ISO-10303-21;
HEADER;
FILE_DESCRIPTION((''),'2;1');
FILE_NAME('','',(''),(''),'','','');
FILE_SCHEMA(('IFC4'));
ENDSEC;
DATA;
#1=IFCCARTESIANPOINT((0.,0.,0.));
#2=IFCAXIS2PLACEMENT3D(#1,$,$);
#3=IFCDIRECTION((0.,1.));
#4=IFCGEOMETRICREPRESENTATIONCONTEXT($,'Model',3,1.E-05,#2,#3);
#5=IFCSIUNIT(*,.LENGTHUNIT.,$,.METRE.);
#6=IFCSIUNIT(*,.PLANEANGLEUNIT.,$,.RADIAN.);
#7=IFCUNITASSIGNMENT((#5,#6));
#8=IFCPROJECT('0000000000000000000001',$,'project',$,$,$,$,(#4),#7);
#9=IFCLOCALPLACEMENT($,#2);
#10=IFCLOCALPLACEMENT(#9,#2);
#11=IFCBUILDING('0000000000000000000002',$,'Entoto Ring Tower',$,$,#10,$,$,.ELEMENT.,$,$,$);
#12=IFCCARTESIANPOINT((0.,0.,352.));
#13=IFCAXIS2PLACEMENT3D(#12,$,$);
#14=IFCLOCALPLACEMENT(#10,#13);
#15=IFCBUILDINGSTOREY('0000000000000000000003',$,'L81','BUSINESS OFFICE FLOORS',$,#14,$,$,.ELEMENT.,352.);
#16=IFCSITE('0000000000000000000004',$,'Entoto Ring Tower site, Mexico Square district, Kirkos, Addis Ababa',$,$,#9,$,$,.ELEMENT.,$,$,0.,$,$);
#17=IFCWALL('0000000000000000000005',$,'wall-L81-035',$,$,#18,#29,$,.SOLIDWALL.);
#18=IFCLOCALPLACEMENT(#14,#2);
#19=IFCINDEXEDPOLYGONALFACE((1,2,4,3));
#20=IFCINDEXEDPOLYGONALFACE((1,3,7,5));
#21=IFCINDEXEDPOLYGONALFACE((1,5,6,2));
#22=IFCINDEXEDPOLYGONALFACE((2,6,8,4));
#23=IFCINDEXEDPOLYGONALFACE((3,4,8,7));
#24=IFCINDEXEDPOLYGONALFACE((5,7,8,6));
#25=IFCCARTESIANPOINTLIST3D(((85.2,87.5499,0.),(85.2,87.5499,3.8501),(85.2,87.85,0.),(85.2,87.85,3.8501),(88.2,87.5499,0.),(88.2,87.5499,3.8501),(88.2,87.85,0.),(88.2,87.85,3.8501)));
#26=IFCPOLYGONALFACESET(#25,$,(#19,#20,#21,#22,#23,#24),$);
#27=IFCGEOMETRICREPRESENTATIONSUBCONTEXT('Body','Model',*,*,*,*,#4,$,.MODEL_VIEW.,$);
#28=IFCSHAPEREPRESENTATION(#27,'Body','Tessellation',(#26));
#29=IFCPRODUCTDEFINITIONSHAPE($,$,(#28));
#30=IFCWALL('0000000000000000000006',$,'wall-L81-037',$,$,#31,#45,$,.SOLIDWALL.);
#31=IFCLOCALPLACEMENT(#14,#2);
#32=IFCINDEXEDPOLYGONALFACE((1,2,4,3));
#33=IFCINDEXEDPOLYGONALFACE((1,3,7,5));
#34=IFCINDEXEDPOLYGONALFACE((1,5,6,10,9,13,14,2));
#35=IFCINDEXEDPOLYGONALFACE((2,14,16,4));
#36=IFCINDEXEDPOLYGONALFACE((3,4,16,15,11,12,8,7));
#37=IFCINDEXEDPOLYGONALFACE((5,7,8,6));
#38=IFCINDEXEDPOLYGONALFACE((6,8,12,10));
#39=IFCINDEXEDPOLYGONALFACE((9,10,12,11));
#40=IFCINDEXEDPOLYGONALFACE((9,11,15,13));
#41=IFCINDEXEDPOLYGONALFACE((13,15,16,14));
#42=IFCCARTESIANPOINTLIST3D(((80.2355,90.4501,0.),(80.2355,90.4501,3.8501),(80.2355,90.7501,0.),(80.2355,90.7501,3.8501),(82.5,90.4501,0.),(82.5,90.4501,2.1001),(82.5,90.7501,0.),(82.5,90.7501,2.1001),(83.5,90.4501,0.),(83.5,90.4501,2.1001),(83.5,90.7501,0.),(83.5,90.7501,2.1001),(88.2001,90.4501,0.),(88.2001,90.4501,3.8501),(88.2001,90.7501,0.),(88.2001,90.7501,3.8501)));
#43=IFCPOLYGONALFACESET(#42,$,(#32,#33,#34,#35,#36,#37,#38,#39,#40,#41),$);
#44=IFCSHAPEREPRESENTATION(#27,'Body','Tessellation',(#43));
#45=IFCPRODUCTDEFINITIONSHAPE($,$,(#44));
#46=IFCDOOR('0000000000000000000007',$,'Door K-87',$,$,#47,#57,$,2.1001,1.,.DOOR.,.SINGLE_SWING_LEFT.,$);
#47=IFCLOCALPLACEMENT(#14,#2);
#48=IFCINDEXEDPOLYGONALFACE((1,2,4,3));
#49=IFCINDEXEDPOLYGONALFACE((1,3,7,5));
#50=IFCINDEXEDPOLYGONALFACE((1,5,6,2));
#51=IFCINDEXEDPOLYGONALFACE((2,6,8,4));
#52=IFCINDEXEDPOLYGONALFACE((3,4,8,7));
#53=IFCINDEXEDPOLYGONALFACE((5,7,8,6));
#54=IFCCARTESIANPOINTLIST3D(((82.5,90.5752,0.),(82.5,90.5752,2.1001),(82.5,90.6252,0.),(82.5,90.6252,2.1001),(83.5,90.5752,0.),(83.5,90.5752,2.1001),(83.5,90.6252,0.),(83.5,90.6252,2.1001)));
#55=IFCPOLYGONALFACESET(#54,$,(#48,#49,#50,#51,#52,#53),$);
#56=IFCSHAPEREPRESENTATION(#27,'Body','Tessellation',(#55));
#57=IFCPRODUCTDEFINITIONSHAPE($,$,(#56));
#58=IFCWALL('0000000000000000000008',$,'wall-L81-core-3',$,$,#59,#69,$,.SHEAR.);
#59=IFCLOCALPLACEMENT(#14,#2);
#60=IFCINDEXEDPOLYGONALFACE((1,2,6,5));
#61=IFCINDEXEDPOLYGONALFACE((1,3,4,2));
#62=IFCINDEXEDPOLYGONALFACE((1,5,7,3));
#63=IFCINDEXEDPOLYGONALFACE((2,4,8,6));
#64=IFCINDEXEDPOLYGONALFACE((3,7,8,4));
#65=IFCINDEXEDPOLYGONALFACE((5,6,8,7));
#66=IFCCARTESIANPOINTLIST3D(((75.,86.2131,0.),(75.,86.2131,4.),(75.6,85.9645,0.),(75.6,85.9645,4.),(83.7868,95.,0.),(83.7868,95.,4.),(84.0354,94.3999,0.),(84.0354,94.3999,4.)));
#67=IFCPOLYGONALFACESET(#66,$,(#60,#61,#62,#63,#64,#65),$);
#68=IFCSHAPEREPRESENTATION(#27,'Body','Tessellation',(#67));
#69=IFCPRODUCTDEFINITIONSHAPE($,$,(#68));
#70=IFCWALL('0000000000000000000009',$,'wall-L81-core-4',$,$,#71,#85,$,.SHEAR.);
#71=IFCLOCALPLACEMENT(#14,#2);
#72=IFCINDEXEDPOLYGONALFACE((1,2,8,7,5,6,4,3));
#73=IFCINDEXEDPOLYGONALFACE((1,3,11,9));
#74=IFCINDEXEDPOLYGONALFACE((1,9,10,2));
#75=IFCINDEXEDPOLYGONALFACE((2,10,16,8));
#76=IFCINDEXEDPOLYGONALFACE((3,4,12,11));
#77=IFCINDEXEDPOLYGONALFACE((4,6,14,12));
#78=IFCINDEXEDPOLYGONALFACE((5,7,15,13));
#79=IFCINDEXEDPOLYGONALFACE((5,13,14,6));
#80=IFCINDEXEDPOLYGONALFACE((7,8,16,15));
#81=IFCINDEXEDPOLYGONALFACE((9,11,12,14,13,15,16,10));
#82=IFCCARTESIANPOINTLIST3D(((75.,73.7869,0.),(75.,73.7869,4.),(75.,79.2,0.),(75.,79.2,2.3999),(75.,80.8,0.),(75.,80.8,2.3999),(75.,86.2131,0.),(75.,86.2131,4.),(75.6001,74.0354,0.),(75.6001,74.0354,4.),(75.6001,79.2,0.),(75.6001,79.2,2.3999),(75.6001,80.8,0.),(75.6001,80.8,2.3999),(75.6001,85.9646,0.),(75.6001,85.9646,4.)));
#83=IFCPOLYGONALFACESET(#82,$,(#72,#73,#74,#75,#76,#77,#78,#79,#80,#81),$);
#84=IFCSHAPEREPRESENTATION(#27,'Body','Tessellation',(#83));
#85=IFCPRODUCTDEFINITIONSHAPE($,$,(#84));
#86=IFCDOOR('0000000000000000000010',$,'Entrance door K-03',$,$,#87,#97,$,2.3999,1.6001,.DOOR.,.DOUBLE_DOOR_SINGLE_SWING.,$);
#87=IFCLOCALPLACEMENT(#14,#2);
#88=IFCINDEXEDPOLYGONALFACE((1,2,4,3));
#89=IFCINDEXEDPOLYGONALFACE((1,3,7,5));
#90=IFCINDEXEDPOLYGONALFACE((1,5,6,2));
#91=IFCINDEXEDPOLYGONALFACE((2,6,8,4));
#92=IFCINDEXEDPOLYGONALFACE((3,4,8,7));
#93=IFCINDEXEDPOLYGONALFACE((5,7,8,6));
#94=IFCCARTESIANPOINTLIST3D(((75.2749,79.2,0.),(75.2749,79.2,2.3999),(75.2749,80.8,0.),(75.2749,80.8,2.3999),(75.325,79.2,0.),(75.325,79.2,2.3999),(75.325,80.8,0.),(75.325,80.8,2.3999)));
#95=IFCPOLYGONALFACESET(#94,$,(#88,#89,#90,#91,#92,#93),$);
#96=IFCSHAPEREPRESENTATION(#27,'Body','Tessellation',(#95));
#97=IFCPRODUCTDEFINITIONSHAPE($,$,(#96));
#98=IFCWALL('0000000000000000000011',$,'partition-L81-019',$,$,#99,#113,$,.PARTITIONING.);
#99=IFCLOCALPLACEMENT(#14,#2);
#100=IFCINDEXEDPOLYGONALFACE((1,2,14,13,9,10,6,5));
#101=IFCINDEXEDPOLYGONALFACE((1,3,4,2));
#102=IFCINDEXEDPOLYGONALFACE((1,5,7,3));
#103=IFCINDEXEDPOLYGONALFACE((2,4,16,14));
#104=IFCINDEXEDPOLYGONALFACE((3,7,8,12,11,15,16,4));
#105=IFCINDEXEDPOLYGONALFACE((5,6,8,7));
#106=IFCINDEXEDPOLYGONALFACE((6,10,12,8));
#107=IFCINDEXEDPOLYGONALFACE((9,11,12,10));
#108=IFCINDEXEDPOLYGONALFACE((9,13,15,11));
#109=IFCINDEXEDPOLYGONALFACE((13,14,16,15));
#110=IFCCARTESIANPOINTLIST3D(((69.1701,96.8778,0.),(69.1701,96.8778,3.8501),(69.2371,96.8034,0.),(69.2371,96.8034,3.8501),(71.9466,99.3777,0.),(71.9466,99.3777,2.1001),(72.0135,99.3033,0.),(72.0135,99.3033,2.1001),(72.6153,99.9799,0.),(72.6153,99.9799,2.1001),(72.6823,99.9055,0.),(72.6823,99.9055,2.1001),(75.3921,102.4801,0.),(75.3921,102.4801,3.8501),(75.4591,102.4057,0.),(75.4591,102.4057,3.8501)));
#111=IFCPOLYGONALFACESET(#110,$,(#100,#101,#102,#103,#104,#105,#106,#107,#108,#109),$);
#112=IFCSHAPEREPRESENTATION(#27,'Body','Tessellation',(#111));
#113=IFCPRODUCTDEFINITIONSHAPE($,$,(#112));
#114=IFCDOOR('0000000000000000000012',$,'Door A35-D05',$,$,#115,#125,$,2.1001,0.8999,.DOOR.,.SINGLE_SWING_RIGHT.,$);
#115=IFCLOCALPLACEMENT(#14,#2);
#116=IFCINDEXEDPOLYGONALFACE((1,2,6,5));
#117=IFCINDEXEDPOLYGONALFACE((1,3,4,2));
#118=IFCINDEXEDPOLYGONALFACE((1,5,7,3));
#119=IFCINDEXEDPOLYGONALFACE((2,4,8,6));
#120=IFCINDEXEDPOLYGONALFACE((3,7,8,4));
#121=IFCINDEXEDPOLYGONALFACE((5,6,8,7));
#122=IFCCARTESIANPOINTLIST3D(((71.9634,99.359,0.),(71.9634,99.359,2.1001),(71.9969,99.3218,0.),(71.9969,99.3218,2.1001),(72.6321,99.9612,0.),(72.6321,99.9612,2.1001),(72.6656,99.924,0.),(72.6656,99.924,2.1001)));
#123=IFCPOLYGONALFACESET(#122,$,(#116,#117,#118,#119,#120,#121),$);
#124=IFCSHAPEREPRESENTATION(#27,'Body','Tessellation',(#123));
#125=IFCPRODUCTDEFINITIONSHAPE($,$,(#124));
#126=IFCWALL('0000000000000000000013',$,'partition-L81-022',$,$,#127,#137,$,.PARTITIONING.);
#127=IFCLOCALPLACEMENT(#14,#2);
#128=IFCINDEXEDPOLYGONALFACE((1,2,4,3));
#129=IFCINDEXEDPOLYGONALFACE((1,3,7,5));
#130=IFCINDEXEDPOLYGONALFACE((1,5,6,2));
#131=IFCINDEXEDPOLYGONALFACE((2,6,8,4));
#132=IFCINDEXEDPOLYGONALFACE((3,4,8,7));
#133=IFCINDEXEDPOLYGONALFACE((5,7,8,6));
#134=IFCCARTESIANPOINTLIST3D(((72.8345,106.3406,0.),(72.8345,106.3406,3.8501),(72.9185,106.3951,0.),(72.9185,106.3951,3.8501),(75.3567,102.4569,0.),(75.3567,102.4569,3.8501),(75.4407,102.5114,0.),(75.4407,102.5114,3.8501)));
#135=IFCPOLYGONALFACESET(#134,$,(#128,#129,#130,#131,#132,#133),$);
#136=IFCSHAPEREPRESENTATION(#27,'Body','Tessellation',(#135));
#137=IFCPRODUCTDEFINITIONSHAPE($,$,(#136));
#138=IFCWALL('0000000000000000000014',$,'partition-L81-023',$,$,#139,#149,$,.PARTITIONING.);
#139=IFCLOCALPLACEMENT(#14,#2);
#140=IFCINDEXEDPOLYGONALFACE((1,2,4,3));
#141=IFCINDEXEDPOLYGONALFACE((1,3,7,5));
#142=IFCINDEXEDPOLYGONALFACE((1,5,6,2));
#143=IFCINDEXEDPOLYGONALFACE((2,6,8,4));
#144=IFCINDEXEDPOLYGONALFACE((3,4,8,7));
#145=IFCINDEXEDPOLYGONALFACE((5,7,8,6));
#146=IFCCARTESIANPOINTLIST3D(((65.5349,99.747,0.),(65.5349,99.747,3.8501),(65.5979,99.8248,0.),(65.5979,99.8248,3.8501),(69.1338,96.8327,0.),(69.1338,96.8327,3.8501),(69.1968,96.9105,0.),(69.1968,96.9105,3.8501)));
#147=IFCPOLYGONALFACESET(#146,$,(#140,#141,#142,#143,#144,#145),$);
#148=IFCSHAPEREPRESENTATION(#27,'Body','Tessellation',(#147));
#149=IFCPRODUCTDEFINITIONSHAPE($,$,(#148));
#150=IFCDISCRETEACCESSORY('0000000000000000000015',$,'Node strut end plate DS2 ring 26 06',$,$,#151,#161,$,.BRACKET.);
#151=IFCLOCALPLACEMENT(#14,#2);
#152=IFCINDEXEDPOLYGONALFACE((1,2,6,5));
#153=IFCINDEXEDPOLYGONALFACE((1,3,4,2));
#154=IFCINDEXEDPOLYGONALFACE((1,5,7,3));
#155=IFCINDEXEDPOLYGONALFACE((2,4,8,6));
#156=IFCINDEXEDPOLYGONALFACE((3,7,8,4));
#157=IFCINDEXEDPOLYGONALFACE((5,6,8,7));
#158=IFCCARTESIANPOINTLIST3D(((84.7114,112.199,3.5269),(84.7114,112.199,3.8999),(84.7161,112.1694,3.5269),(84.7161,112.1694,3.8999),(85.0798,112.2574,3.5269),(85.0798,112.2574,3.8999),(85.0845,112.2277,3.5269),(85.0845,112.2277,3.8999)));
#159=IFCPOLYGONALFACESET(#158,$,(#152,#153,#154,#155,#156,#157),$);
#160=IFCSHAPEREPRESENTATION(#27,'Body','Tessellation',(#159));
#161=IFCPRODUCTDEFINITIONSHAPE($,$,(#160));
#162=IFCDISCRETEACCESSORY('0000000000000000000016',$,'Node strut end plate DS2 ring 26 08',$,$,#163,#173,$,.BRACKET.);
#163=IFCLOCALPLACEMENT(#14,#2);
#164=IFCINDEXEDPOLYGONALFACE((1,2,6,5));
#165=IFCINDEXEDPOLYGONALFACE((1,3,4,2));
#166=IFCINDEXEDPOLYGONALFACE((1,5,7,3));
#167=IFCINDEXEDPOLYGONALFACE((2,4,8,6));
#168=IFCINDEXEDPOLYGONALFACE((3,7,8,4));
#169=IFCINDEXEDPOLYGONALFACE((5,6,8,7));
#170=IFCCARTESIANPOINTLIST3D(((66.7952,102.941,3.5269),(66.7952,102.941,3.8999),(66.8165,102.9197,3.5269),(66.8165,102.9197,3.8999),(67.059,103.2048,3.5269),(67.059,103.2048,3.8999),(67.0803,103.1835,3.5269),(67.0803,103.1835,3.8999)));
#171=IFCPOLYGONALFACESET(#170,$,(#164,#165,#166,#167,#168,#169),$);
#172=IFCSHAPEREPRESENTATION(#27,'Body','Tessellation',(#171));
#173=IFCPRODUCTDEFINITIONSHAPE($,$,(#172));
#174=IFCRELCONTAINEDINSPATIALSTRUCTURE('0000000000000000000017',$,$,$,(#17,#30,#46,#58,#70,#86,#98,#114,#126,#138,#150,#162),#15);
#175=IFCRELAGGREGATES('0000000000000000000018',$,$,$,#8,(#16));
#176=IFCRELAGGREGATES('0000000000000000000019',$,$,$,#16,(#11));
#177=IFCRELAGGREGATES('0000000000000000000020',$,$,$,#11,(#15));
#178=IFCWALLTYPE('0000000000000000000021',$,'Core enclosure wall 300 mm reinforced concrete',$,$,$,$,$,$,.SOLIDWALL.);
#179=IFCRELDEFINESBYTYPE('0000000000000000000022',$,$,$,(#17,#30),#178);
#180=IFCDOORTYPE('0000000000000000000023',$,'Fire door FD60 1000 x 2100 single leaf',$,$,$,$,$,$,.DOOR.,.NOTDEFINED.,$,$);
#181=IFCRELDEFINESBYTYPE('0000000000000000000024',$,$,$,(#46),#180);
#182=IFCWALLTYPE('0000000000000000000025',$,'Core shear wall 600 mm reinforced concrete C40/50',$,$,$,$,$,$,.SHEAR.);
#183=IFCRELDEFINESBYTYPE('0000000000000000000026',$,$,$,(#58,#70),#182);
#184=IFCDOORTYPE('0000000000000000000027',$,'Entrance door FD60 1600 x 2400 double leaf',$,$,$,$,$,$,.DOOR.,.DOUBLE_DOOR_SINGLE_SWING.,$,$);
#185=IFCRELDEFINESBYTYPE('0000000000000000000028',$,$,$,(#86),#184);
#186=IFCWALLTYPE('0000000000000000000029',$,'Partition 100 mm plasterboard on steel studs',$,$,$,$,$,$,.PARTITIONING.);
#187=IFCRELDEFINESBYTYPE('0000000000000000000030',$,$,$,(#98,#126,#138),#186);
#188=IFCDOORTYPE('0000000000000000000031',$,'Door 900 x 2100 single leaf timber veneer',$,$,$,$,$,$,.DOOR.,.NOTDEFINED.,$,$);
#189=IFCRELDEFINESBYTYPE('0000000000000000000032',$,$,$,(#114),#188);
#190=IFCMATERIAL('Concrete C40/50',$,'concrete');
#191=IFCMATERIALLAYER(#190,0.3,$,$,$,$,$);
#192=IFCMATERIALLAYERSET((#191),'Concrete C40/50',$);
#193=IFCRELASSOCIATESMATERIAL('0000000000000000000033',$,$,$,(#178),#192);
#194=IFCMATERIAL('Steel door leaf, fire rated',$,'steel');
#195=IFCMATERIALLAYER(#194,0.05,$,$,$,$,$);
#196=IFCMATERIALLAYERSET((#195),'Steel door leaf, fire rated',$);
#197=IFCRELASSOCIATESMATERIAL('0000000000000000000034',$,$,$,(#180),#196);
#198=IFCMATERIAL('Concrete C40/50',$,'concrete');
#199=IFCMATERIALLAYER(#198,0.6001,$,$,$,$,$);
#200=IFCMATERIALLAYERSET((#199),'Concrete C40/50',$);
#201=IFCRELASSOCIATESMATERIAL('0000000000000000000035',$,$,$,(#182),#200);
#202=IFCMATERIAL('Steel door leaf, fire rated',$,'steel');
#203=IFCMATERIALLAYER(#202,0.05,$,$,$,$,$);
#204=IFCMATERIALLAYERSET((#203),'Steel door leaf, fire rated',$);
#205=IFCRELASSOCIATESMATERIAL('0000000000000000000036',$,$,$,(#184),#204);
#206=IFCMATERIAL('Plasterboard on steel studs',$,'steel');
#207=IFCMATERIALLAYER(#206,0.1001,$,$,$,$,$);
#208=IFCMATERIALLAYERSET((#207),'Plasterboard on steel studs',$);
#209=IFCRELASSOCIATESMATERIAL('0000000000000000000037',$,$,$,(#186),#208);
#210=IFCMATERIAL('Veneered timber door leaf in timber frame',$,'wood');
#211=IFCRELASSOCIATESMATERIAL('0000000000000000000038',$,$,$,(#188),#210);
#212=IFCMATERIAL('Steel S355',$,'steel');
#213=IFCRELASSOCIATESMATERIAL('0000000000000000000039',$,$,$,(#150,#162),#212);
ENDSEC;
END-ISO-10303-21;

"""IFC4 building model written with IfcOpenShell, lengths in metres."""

from ifc_helpers import new_model, si_unit, direction, frame, frame_2d, origin, origin_2d, place, context, subcontext, project, spatial, polyline, rectangle, outline, extrude, material, layer, layer_set, type_object, element, fill, save


model = new_model("IFC4")

# Units and contexts
model_context = context("Model", 3, precision=1e-05, world=origin(), true_north=direction((0.0, 1.0)))
body_context = subcontext(model_context, "Body", "Model", "MODEL_VIEW")
ifc_project = project(units=[si_unit("LENGTHUNIT", "METRE"), si_unit("PLANEANGLEUNIT", "RADIAN")], contexts=[model_context])

# Site, building, storey
site_placement = place(None, origin())
site = spatial("IfcSite", under=ifc_project, at=site_placement, Name="Entoto Ring Tower site, Mexico Square district, Kirkos, Addis Ababa", CompositionType="ELEMENT", RefElevation=0.0)
building_placement = place(site_placement, origin())
building = spatial("IfcBuilding", under=site, at=building_placement, Name="Entoto Ring Tower", CompositionType="ELEMENT")
storey_placement = place(building_placement, frame((0.0, 0.0, 352.0)))
storey = spatial("IfcBuildingStorey", under=building, at=storey_placement, Name="L81", Description="BUSINESS OFFICE FLOORS", CompositionType="ELEMENT", Elevation=352.0)

# Wall
ifc_material_1 = material(Name="Concrete C40/50", Category="concrete")
ifc_layer_1 = layer(ifc_material_1, 0.3)
ifc_layer_set_1 = layer_set([ifc_layer_1], Name="Concrete C40/50")
wall_type_1 = type_object("IfcWallType", Name="Core enclosure wall 300 mm reinforced concrete", PredefinedType="SOLIDWALL", material=ifc_layer_set_1)
wall_1_placement = place(storey_placement, frame((85.2, 87.7, 0.0), z_axis=(0.0, 0.0, 1.0), x_axis=(1.0, 0.0, 0.0)))
element("IfcWall", 1, at=wall_1_placement, inside=storey, type_object=wall_type_1, Name="wall-L81-035", PredefinedType="SOLIDWALL", context=body_context, shape_type="SweptSolid", body=[
    extrude(rectangle(XDim=3.0, YDim=0.3, at=frame_2d((1.5, 0.0))), origin(), (0.0, 0.0, 1.0), 3.8501),
])

# Wall, opening, door
wall_2_placement = place(storey_placement, frame((80.2354, 90.6001, 0.0), z_axis=(0.0, 0.0, 1.0), x_axis=(1.0, 0.0, 0.0)))
wall_2 = element("IfcWall", 2, at=wall_2_placement, inside=storey, type_object=wall_type_1, Name="wall-L81-037", PredefinedType="SOLIDWALL", context=body_context, shape_type="SweptSolid", body=[
    extrude(rectangle(XDim=7.9646, YDim=0.3, at=frame_2d((3.9824, 0.0))), origin(), (0.0, 0.0, 1.0), 3.8501),
])
opening_1_placement = place(wall_2_placement, frame((2.2646, 0.0, 0.0)))
opening_1 = element("IfcOpeningElement", 3, at=opening_1_placement, cuts=wall_2, PredefinedType="OPENING", context=body_context, shape_type="SweptSolid", body=[
    extrude(rectangle(XDim=1.0, YDim=2.1001, at=frame_2d((0.5, 1.05))), frame((0.0, 0.1602, 0.0), z_axis=(0.0, -1.0, 0.0), x_axis=(1.0, 0.0, 0.0)), (0.0, 0.0, 1.0), 0.3201),
])
ifc_material_2 = material(Name="Steel door leaf, fire rated", Category="steel")
ifc_layer_2 = layer(ifc_material_2, 0.05)
ifc_layer_set_2 = layer_set([ifc_layer_2], Name="Steel door leaf, fire rated")
door_type_1 = type_object("IfcDoorType", Name="Fire door FD60 1000 x 2100 single leaf", OperationType="NOTDEFINED", PredefinedType="DOOR", material=ifc_layer_set_2)
door_1_placement = place(opening_1_placement, frame((1.0, 0.0, 0.0), z_axis=(0.0, 0.0, 1.0), x_axis=(-1.0, 0.0, 0.0)))
door_1 = element("IfcDoor", 4, at=door_1_placement, inside=storey, type_object=door_type_1, Name="Door K-87", OperationType="SINGLE_SWING_LEFT", OverallHeight=2.1001, OverallWidth=1.0, PredefinedType="DOOR", context=body_context, shape_type="SweptSolid", body=[
    extrude(rectangle(XDim=1.0, YDim=2.1001, at=frame_2d((0.5, 1.05))), frame((0.0, 0.0249, 0.0), z_axis=(0.0, -1.0, 0.0), x_axis=(1.0, 0.0, 0.0)), (0.0, 0.0, 1.0), 0.05),
])
fill(opening_1, door_1)

# Wall
ifc_material_3 = material(Name="Concrete C40/50", Category="concrete")
ifc_layer_3 = layer(ifc_material_3, 0.6001)
ifc_layer_set_3 = layer_set([ifc_layer_3], Name="Concrete C40/50")
wall_type_2 = type_object("IfcWallType", Name="Core shear wall 600 mm reinforced concrete C40/50", PredefinedType="SHEAR", material=ifc_layer_set_3)
wall_3_placement = place(storey_placement, frame((83.9111, 94.7, 0.0), z_axis=(0.0, 0.0, 1.0), x_axis=(-0.707107, -0.707107, 0.0)))
element("IfcWall", 5, at=wall_3_placement, inside=storey, type_object=wall_type_2, Name="wall-L81-core-3", PredefinedType="SHEAR", context=body_context, shape_type="SweptSolid", body=[
    extrude(outline(polyline([(-0.1243, -0.3), (12.3022, -0.3), (12.0537, 0.3), (0.1243, 0.3), (-0.1243, -0.3)])), origin(), (0.0, 0.0, 1.0), 4.0),
])

# Walls, openings, doors
wall_4_placement = place(storey_placement, frame((75.3, 86.0889, 0.0), z_axis=(0.0, 0.0, 1.0), x_axis=(0.0, -1.0, 0.0)))
wall_4 = element("IfcWall", 6, at=wall_4_placement, inside=storey, type_object=wall_type_2, Name="wall-L81-core-4", PredefinedType="SHEAR", context=body_context, shape_type="SweptSolid", body=[
    extrude(outline(polyline([(-0.1243, -0.3), (12.302, -0.3), (12.0535, 0.3), (0.1243, 0.3), (-0.1243, -0.3)])), origin(), (0.0, 0.0, 1.0), 4.0),
])
opening_2_placement = place(wall_4_placement, frame((5.2888, 0.0, 0.0)))
opening_2 = element("IfcOpeningElement", 7, at=opening_2_placement, cuts=wall_4, PredefinedType="OPENING", context=body_context, shape_type="SweptSolid", body=[
    extrude(rectangle(XDim=1.6001, YDim=2.3999, at=frame_2d((0.8, 1.2))), frame((0.0, 0.3101, 0.0), z_axis=(0.0, -1.0, 0.0), x_axis=(1.0, 0.0, 0.0)), (0.0, 0.0, 1.0), 0.6201),
])
ifc_material_4 = material(Name="Steel door leaf, fire rated", Category="steel")
ifc_layer_4 = layer(ifc_material_4, 0.05)
ifc_layer_set_4 = layer_set([ifc_layer_4], Name="Steel door leaf, fire rated")
door_type_2 = type_object("IfcDoorType", Name="Entrance door FD60 1600 x 2400 double leaf", OperationType="DOUBLE_DOOR_SINGLE_SWING", PredefinedType="DOOR", material=ifc_layer_set_4)
door_2_placement = place(opening_2_placement, origin())
door_2 = element("IfcDoor", 8, at=door_2_placement, inside=storey, type_object=door_type_2, Name="Entrance door K-03", OperationType="DOUBLE_DOOR_SINGLE_SWING", OverallHeight=2.3999, OverallWidth=1.6001, PredefinedType="DOOR", context=body_context, shape_type="SweptSolid", body=[
    extrude(rectangle(XDim=1.6001, YDim=2.3999, at=frame_2d((0.8, 1.2))), frame((0.0, 0.0249, 0.0), z_axis=(0.0, -1.0, 0.0), x_axis=(1.0, 0.0, 0.0)), (0.0, 0.0, 1.0), 0.05),
])
fill(opening_2, door_2)
ifc_material_5 = material(Name="Plasterboard on steel studs", Category="steel")
ifc_layer_5 = layer(ifc_material_5, 0.1001)
ifc_layer_set_5 = layer_set([ifc_layer_5], Name="Plasterboard on steel studs")
wall_type_3 = type_object("IfcWallType", Name="Partition 100 mm plasterboard on steel studs", PredefinedType="PARTITIONING", material=ifc_layer_set_5)
wall_5_placement = place(storey_placement, frame((69.2036, 96.8406, 0.0), z_axis=(0.0, 0.0, 1.0), x_axis=(0.743142, 0.669134, 0.0)))
wall_5 = element("IfcWall", 9, at=wall_5_placement, inside=storey, type_object=wall_type_3, Name="partition-L81-019", PredefinedType="PARTITIONING", context=body_context, shape_type="SweptSolid", body=[
    extrude(rectangle(XDim=8.3726, YDim=0.1001, at=frame_2d((4.1863, 0.0))), origin(), (0.0, 0.0, 1.0), 3.8501),
])
opening_3_placement = place(wall_5_placement, frame((3.7361, 0.0, 0.0)))
opening_3 = element("IfcOpeningElement", 10, at=opening_3_placement, cuts=wall_5, PredefinedType="OPENING", context=body_context, shape_type="SweptSolid", body=[
    extrude(rectangle(XDim=0.8999, YDim=2.1001, at=frame_2d((0.45, 1.05))), frame((0.0, 0.0601, 0.0), z_axis=(0.0, -1.0, 0.0), x_axis=(1.0, 0.0, 0.0)), (0.0, 0.0, 1.0), 0.1201),
])
ifc_material_6 = material(Name="Veneered timber door leaf in timber frame", Category="wood")
door_type_3 = type_object("IfcDoorType", Name="Door 900 x 2100 single leaf timber veneer", OperationType="NOTDEFINED", PredefinedType="DOOR", material=ifc_material_6)
door_3_placement = place(opening_3_placement, origin())
door_3 = element("IfcDoor", 11, at=door_3_placement, inside=storey, type_object=door_type_3, Name="Door A35-D05", OperationType="SINGLE_SWING_RIGHT", OverallHeight=2.1001, OverallWidth=0.8999, PredefinedType="DOOR", context=body_context, shape_type="SweptSolid", body=[
    extrude(rectangle(XDim=0.8999, YDim=2.1001, at=frame_2d((0.45, 1.05))), frame((0.0, 0.0249, 0.0), z_axis=(0.0, -1.0, 0.0), x_axis=(1.0, 0.0, 0.0)), (0.0, 0.0, 1.0), 0.05),
])
fill(opening_3, door_3)

# Walls
for number, where, z_axis, x_axis, name in (
    (12, (75.3987, 102.4841, 0.0), (0.0, 0.0, 1.0), (-0.544647, 0.838665, 0.0), "partition-L81-022"),
    (13, (69.1653, 96.8716, 0.0), (0.0, 0.0, 1.0), (-0.777147, 0.62932, 0.0), "partition-L81-023"),
):
    element("IfcWall", number, at=place(storey_placement, frame(where, z_axis=z_axis, x_axis=x_axis)), inside=storey, type_object=wall_type_3, Name=name, PredefinedType="PARTITIONING", context=body_context, shape_type="SweptSolid", body=[
        extrude(rectangle(XDim=4.6309, YDim=0.1001, at=frame_2d((2.3154, 0.0))), origin(), (0.0, 0.0, 1.0), 3.8501),
    ])

# Discrete accessories
ifc_material_7 = material(Name="Steel S355", Category="steel")
for number, where, z_axis, x_axis, name in (
    (14, (84.8979, 112.2134, 3.5269), (0.0, 0.0, 1.0), (-0.156434, 0.987688, 0.0), "Node strut end plate DS2 ring 26 06"),
    (15, (66.9377, 103.0623, 3.5269), (0.0, 0.0, 1.0), (-0.707107, 0.707107, 0.0), "Node strut end plate DS2 ring 26 08"),
):
    element("IfcDiscreteAccessory", number, at=place(storey_placement, frame(where, z_axis=z_axis, x_axis=x_axis)), inside=storey, material=ifc_material_7, Name=name, PredefinedType="BRACKET", context=body_context, shape_type="SweptSolid", body=[
        extrude(rectangle(XDim=0.03, YDim=0.373, at=origin_2d()), origin(), (0.0, 0.0, 1.0), 0.373),
    ])

save(model, "model.ifc")
